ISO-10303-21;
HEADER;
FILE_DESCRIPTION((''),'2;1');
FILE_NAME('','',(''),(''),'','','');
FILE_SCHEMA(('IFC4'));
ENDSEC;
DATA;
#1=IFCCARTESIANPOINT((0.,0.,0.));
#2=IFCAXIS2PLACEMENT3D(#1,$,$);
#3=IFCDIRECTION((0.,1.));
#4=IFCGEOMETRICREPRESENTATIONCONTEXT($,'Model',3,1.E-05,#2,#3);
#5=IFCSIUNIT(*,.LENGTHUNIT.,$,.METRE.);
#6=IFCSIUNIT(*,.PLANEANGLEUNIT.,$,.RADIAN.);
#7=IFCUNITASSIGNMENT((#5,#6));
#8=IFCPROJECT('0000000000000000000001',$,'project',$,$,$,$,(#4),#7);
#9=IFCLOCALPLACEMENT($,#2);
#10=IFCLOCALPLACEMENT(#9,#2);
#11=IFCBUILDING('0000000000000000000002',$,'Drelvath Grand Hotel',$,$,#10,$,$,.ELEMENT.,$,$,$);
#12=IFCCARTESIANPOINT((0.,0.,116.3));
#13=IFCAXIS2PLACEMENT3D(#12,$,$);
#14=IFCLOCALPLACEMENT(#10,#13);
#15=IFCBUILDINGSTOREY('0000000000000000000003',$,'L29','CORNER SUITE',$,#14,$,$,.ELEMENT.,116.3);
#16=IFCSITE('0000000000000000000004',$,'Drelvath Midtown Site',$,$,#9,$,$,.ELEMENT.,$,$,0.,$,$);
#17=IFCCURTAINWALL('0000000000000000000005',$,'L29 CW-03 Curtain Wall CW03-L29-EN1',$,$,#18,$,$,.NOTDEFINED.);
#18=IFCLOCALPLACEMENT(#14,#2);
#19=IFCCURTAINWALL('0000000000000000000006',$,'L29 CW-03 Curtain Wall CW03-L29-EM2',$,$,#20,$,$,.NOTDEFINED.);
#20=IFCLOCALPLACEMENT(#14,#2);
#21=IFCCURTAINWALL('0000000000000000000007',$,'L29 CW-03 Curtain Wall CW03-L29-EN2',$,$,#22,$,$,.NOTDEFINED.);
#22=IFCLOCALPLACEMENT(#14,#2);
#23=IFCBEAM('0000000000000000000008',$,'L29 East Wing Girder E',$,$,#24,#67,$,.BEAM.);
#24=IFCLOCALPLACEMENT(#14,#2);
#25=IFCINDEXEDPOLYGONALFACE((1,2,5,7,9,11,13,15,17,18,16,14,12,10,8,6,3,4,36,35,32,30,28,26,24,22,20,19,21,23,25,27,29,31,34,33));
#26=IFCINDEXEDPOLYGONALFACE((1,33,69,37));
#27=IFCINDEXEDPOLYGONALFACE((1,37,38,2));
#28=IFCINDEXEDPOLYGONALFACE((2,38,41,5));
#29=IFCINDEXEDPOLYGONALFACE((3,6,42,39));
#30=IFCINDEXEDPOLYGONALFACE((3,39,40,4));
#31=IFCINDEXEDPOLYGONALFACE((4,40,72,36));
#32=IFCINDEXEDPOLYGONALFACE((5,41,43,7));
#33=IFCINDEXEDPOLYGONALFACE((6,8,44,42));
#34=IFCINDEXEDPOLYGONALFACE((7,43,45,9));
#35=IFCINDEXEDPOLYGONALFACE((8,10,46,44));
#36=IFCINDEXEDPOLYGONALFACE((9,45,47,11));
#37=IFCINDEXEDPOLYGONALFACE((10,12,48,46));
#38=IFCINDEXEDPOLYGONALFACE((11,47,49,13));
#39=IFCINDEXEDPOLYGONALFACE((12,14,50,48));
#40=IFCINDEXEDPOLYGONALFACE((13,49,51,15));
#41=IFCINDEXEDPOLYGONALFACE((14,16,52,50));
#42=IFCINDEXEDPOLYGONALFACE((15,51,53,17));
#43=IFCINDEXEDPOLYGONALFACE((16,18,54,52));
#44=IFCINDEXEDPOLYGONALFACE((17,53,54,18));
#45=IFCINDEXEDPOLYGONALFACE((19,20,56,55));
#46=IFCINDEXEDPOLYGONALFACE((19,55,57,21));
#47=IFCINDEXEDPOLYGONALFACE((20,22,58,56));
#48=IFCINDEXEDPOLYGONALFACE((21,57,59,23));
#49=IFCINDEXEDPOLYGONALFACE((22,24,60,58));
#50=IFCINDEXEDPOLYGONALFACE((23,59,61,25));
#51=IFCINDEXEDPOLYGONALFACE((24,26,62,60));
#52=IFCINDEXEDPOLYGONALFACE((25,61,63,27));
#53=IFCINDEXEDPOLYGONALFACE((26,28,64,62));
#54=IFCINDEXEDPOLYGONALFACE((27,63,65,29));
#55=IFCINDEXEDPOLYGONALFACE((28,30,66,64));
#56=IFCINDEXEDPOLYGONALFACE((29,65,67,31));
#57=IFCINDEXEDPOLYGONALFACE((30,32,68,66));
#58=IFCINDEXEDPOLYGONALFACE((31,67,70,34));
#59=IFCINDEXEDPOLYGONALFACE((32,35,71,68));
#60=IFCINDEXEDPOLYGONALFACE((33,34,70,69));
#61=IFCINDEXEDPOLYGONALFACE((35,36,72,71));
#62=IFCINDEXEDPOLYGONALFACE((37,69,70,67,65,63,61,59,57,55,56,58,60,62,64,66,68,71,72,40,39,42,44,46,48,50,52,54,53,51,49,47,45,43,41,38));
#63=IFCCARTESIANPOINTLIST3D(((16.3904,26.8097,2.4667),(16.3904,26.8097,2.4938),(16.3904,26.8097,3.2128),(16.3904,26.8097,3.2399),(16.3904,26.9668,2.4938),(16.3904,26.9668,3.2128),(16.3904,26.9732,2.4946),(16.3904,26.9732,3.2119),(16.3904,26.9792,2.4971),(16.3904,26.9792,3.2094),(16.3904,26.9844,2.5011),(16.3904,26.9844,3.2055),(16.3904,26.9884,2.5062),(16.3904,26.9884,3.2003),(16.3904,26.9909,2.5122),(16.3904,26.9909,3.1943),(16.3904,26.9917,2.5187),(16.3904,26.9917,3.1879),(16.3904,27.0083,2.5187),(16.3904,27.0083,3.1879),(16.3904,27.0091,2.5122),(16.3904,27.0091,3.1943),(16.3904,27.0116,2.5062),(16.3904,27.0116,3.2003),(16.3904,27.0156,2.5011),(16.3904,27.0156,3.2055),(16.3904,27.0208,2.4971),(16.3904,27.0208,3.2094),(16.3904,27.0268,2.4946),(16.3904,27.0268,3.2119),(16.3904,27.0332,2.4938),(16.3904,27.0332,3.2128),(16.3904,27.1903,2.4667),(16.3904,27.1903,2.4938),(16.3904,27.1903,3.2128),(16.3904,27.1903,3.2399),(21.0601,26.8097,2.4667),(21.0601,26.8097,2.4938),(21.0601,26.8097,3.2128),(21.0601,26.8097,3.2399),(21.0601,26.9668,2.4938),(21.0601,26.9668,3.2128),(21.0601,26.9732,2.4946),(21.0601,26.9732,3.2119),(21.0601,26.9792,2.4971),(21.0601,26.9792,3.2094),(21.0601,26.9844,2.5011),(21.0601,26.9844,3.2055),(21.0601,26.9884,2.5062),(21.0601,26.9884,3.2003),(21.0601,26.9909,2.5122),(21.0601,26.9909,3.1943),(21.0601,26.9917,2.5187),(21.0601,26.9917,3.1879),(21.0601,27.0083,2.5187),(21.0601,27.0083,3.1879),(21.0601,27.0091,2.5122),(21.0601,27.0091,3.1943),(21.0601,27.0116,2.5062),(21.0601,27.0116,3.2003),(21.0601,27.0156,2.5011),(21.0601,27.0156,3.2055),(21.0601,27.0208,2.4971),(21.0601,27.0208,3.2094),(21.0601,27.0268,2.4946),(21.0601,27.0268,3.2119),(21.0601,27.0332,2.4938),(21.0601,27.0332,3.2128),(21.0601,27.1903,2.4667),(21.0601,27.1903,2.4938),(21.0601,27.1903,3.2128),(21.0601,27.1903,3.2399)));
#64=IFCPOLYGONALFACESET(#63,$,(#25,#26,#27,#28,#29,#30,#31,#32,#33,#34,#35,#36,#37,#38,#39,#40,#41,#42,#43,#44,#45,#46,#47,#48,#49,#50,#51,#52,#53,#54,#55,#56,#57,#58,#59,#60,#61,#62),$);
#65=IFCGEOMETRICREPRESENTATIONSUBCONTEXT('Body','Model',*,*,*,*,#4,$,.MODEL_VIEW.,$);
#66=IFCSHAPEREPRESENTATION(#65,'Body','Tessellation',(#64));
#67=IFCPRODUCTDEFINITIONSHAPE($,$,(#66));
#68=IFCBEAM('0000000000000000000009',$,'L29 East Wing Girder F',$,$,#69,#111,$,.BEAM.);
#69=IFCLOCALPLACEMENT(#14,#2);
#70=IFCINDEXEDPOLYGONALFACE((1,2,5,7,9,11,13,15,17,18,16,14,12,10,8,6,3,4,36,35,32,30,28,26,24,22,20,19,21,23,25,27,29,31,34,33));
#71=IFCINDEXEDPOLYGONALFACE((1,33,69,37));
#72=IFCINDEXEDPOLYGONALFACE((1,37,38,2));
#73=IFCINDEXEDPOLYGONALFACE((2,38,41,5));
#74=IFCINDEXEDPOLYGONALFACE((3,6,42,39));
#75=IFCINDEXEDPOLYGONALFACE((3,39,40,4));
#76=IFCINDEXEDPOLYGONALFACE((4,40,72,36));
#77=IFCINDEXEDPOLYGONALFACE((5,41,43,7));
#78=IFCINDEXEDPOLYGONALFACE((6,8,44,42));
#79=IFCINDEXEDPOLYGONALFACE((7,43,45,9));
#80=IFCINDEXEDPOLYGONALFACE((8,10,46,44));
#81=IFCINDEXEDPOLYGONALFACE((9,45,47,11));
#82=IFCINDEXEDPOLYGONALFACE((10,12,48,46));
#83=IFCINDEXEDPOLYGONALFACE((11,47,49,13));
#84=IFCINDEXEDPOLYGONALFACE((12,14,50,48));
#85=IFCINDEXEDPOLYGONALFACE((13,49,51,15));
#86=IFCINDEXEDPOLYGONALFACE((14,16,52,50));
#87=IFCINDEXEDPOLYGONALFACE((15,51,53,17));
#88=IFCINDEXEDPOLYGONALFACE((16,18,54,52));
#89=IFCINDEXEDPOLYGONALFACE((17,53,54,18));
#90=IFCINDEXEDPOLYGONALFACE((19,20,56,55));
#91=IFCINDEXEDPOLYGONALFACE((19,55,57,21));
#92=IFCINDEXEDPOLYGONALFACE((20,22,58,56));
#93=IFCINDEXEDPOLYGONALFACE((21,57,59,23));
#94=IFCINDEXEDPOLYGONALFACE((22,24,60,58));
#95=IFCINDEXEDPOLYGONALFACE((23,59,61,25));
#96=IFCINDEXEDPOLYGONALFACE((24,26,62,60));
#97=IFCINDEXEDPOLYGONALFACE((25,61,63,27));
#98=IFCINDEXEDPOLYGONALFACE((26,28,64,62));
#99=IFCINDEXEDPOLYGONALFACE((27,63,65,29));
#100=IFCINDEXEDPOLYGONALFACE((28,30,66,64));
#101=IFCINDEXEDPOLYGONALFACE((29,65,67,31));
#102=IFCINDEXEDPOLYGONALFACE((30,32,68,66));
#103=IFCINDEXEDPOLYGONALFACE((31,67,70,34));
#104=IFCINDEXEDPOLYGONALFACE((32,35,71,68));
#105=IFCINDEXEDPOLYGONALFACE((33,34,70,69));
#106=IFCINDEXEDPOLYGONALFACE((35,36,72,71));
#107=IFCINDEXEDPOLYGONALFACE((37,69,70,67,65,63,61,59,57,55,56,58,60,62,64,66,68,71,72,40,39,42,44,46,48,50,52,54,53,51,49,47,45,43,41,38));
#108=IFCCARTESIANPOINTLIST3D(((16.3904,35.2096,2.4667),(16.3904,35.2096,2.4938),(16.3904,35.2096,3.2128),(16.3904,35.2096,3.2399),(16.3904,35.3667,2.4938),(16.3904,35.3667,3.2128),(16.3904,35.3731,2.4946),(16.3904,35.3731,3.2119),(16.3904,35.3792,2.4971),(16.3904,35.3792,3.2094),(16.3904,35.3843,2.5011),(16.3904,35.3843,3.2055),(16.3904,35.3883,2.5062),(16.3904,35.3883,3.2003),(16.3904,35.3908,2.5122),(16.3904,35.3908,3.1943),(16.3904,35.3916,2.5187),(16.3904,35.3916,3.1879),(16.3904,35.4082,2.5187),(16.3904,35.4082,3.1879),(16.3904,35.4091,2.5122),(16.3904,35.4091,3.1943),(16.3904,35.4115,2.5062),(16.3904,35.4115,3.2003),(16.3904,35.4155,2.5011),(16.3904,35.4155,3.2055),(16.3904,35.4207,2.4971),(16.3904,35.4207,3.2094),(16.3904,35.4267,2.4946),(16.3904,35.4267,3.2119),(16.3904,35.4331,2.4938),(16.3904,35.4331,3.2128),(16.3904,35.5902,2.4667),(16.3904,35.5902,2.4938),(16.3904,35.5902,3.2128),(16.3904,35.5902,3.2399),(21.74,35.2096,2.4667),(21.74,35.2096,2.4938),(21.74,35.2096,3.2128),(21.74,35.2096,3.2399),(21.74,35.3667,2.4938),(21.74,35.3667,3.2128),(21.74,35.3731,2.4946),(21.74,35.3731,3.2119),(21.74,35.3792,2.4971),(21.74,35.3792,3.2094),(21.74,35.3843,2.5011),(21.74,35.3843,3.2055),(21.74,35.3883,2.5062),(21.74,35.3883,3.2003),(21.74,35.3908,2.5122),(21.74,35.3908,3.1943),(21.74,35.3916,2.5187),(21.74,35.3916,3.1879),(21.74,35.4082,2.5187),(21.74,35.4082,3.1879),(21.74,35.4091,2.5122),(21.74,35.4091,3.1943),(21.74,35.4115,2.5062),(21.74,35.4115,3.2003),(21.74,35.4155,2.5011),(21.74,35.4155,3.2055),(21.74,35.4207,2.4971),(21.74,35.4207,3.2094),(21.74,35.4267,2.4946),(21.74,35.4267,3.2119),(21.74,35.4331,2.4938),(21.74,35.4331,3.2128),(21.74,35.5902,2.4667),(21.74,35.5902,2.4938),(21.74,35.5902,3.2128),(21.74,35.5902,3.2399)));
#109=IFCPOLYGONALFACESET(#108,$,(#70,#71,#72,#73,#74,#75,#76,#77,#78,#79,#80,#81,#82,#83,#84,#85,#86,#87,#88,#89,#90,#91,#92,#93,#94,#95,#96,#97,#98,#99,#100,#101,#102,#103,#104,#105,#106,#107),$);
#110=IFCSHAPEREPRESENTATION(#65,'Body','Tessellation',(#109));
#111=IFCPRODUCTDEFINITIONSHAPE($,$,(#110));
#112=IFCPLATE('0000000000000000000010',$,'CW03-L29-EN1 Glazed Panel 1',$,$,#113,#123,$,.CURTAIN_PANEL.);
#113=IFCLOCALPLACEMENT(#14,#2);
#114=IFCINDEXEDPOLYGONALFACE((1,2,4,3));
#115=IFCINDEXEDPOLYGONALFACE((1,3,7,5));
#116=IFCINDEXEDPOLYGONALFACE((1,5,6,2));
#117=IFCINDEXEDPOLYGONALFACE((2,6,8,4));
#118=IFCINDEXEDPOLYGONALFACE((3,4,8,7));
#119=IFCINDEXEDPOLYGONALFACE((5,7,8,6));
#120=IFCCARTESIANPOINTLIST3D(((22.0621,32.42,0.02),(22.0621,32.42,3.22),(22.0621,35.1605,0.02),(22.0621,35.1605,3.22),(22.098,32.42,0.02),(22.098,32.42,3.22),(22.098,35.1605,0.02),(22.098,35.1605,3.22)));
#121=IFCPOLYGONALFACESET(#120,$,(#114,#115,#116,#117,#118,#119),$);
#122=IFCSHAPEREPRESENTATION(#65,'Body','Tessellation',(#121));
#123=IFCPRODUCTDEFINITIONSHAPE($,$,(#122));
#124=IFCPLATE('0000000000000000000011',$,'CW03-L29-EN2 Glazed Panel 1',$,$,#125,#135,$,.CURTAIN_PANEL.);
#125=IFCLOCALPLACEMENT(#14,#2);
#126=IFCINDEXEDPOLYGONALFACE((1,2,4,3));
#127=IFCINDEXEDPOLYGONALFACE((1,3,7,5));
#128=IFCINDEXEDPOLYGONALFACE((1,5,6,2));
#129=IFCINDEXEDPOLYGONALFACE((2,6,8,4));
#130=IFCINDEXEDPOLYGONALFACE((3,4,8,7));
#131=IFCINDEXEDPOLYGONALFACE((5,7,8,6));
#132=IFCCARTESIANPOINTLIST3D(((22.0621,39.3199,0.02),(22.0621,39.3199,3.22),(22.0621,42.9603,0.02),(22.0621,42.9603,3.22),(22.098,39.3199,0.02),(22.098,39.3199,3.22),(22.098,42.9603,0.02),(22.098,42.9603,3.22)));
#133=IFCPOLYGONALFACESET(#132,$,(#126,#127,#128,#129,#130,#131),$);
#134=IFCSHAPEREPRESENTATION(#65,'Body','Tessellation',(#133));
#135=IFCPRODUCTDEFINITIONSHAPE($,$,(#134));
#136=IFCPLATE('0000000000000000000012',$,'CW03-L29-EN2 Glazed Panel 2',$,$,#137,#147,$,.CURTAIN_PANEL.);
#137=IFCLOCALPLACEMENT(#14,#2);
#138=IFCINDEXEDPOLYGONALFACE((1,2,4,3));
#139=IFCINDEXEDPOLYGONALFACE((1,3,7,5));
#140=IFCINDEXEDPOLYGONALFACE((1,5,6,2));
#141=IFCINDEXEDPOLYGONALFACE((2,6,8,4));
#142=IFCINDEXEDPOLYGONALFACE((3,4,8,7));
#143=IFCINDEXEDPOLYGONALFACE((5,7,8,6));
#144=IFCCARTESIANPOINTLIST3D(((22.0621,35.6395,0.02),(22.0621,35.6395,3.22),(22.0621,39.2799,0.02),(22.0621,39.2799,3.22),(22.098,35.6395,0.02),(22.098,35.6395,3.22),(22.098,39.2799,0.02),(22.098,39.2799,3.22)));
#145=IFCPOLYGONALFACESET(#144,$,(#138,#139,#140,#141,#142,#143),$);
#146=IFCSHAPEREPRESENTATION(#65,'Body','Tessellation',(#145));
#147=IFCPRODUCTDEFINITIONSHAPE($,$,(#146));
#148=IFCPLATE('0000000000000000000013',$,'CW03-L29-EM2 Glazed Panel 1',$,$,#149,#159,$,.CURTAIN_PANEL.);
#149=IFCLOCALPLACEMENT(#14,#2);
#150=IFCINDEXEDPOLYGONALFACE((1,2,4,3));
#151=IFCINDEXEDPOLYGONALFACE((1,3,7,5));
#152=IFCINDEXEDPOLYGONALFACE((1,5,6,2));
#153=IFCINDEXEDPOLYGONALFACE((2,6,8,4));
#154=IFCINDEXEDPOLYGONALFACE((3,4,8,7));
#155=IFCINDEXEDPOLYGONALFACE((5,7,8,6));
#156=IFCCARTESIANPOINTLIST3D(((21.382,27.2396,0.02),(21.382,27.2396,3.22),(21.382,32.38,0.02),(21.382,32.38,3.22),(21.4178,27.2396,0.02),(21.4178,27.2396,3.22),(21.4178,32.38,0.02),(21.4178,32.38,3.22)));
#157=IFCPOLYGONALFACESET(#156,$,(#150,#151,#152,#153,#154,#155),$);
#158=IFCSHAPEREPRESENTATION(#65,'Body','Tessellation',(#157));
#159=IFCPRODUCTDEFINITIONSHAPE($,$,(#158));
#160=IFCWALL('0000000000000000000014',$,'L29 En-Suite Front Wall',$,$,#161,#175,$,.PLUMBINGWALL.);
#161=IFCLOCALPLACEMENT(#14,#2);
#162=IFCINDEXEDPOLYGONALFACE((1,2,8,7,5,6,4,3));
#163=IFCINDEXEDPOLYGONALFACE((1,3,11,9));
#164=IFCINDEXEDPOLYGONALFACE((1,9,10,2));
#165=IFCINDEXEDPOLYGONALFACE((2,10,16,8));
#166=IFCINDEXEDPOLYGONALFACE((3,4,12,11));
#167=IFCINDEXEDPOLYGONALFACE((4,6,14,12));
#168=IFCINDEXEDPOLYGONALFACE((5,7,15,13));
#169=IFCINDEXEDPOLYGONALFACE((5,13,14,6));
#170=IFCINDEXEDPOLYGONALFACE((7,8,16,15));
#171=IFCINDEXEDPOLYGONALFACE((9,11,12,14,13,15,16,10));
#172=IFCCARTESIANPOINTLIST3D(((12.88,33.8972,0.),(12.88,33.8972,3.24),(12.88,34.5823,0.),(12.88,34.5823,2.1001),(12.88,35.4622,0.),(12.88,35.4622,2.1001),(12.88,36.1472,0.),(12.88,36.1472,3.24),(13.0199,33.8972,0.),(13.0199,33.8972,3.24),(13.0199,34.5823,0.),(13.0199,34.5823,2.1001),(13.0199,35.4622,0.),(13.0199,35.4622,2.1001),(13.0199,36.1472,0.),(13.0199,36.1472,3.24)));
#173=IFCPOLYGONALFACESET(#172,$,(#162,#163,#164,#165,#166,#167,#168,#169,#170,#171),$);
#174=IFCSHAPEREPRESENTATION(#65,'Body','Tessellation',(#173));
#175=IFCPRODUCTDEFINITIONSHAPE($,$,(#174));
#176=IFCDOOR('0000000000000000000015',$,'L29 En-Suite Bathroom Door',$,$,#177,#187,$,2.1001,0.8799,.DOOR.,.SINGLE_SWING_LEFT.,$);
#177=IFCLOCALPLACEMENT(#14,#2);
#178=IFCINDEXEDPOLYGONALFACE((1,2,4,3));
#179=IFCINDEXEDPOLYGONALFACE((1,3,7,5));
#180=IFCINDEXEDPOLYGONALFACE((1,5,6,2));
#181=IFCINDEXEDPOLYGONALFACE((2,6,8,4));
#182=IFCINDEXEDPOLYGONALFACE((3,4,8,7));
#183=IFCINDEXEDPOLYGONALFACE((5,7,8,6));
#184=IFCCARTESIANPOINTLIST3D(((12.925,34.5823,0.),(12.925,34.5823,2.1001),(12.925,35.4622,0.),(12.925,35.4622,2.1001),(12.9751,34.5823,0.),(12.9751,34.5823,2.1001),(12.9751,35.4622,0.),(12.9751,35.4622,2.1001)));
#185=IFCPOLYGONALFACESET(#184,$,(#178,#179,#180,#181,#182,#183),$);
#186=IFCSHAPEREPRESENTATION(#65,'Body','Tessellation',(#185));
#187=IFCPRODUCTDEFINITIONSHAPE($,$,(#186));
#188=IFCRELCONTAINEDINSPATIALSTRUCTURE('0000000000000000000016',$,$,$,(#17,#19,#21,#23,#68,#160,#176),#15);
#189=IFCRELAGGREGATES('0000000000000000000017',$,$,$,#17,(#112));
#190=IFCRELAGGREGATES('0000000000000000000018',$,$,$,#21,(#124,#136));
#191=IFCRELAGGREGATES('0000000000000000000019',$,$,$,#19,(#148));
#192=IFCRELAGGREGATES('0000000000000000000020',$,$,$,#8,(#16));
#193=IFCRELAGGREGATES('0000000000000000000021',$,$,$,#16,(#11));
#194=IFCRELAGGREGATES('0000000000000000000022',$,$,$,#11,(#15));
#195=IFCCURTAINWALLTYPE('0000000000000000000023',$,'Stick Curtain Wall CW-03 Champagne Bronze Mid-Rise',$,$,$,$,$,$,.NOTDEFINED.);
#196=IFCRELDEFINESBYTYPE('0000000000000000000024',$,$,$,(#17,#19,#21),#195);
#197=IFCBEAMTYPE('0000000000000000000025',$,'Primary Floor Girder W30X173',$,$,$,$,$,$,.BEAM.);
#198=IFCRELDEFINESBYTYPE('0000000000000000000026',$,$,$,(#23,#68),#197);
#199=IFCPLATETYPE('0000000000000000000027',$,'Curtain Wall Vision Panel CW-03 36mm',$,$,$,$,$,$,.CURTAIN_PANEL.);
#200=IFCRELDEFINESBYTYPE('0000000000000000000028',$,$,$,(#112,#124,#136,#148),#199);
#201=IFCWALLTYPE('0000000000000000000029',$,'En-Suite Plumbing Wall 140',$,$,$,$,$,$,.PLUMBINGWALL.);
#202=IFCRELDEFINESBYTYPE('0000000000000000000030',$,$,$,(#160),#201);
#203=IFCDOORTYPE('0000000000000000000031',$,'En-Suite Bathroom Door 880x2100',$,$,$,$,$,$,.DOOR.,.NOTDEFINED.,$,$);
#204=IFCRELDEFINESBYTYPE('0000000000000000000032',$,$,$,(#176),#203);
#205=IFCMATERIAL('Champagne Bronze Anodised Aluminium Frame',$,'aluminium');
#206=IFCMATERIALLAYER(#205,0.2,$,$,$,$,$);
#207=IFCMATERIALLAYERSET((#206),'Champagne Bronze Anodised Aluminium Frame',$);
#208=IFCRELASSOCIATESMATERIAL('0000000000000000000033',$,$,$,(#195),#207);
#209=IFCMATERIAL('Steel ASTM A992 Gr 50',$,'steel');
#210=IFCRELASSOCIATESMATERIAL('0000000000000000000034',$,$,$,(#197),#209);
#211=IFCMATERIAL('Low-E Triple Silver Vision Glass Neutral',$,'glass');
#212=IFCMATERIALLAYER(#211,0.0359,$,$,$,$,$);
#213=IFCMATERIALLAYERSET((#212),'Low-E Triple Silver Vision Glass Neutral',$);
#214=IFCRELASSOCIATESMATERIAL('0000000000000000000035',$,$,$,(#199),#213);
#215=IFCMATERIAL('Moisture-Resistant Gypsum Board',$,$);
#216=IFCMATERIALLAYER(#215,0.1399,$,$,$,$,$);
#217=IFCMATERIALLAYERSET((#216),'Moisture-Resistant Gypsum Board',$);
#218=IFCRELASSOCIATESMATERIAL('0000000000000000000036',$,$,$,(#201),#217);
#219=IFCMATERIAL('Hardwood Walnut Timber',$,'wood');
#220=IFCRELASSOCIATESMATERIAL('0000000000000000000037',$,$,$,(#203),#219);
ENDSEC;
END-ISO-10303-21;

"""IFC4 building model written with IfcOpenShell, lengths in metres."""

from ifc_helpers import new_model, si_unit, direction, frame, frame_2d, origin, origin_2d, place, context, subcontext, project, spatial, rectangle, i_section, extrude, material, layer, layer_set, material_profile, profile_set, type_object, element, fill, aggregate, save


model = new_model("IFC4")

# Units and contexts
model_context = context("Model", 3, precision=1e-05, world=origin(), true_north=direction((0.0, 1.0)))
body_context = subcontext(model_context, "Body", "Model", "MODEL_VIEW")
ifc_project = project(units=[si_unit("LENGTHUNIT", "METRE"), si_unit("PLANEANGLEUNIT", "RADIAN")], contexts=[model_context])

# Site, building, storey
site_placement = place(None, origin())
site = spatial("IfcSite", under=ifc_project, at=site_placement, Name="Drelvath Midtown Site", CompositionType="ELEMENT", RefElevation=0.0)
building_placement = place(site_placement, origin())
building = spatial("IfcBuilding", under=site, at=building_placement, Name="Drelvath Grand Hotel", CompositionType="ELEMENT")
storey_placement = place(building_placement, frame((0.0, 0.0, 116.3)))
storey = spatial("IfcBuildingStorey", under=building, at=storey_placement, Name="L29", Description="CORNER SUITE", CompositionType="ELEMENT", Elevation=116.3)

# Curtain walls
ifc_material_1 = material(Name="Champagne Bronze Anodised Aluminium Frame", Category="aluminium")
ifc_layer_1 = layer(ifc_material_1, 0.2)
ifc_layer_set_1 = layer_set([ifc_layer_1], Name="Champagne Bronze Anodised Aluminium Frame")
curtain_wall_type = type_object("IfcCurtainWallType", Name="Stick Curtain Wall CW-03 Champagne Bronze Mid-Rise", PredefinedType="NOTDEFINED", material=ifc_layer_set_1)
curtain_wall_1_placement = place(storey_placement, origin())
curtain_wall_1 = element("IfcCurtainWall", 1, at=curtain_wall_1_placement, inside=storey, type_object=curtain_wall_type, Name="L29 CW-03 Curtain Wall CW03-L29-EN1", PredefinedType="NOTDEFINED")
curtain_wall_2_placement = place(storey_placement, origin())
curtain_wall_2 = element("IfcCurtainWall", 2, at=curtain_wall_2_placement, inside=storey, type_object=curtain_wall_type, Name="L29 CW-03 Curtain Wall CW03-L29-EM2", PredefinedType="NOTDEFINED")

# Curtain wall
curtain_wall_3_placement = place(storey_placement, origin())
curtain_wall_3 = element("IfcCurtainWall", 3, at=curtain_wall_3_placement, inside=storey, type_object=curtain_wall_type, Name="L29 CW-03 Curtain Wall CW03-L29-EN2", PredefinedType="NOTDEFINED")

# Beams
ifc_material_2 = material(Name="Steel ASTM A992 Gr 50", Category="steel")
ifc_material_profile_1 = material_profile(ifc_material_2, i_section(OverallWidth=0.3806, OverallDepth=0.7732, WebThickness=0.0166, FlangeThickness=0.0271, FilletRadius=0.0249, at=origin_2d()), Name="W30X173")
ifc_profile_set_1 = profile_set([ifc_material_profile_1], Name="Steel ASTM A992 Gr 50")
beam_type_1 = type_object("IfcBeamType", Name="Primary Floor Girder W30X173", PredefinedType="BEAM", material=ifc_profile_set_1)
beam_1_placement = place(storey_placement, frame((16.3904, 27.0, 2.8533), z_axis=(1.0, 0.0, 0.0), x_axis=(0.0, 1.0, 0.0)))
element("IfcBeam", 4, at=beam_1_placement, inside=storey, type_object=beam_type_1, Name="L29 East Wing Girder E", PredefinedType="BEAM", context=body_context, shape_type="SweptSolid", body=[
    extrude(i_section(OverallWidth=0.3806, OverallDepth=0.7732, WebThickness=0.0166, FlangeThickness=0.0271, FilletRadius=0.0249, at=origin_2d()), origin(), (0.0, 0.0, 1.0), 4.6697),
])
beam_2_placement = place(storey_placement, frame((16.3904, 35.3999, 2.8533), z_axis=(1.0, 0.0, 0.0), x_axis=(0.0, 1.0, 0.0)))
element("IfcBeam", 5, at=beam_2_placement, inside=storey, type_object=beam_type_1, Name="L29 East Wing Girder F", PredefinedType="BEAM", context=body_context, shape_type="SweptSolid", body=[
    extrude(i_section(OverallWidth=0.3806, OverallDepth=0.7732, WebThickness=0.0166, FlangeThickness=0.0271, FilletRadius=0.0249, at=origin_2d()), origin(), (0.0, 0.0, 1.0), 5.3496),
])

# Plates
ifc_material_3 = material(Name="Low-E Triple Silver Vision Glass Neutral", Category="glass")
ifc_layer_2 = layer(ifc_material_3, 0.0359)
ifc_layer_set_2 = layer_set([ifc_layer_2], Name="Low-E Triple Silver Vision Glass Neutral")
plate_type = type_object("IfcPlateType", Name="Curtain Wall Vision Panel CW-03 36mm", PredefinedType="CURTAIN_PANEL", material=ifc_layer_set_2)
plate_1_placement = place(storey_placement, frame((22.0801, 33.7903, 0.02), z_axis=(0.0, 0.0, 1.0), x_axis=(0.0, -1.0, 0.0)))
plate_1 = element("IfcPlate", 6, at=plate_1_placement, type_object=plate_type, Name="CW03-L29-EN1 Glazed Panel 1", PredefinedType="CURTAIN_PANEL", context=body_context, shape_type="SweptSolid", body=[
    extrude(rectangle(XDim=2.7405, YDim=0.0359, at=origin_2d()), origin(), (0.0, 0.0, 1.0), 3.2),
])
aggregate(curtain_wall_1, [plate_1])
plate_2_placement = place(storey_placement, frame((22.0801, 41.1401, 0.02), z_axis=(0.0, 0.0, 1.0), x_axis=(0.0, -1.0, 0.0)))
plate_2 = element("IfcPlate", 7, at=plate_2_placement, type_object=plate_type, Name="CW03-L29-EN2 Glazed Panel 1", PredefinedType="CURTAIN_PANEL", context=body_context, shape_type="SweptSolid", body=[
    extrude(rectangle(XDim=3.6404, YDim=0.0359, at=origin_2d()), origin(), (0.0, 0.0, 1.0), 3.2),
])
plate_3_placement = place(storey_placement, frame((22.0801, 37.4597, 0.02), z_axis=(0.0, 0.0, 1.0), x_axis=(0.0, -1.0, 0.0)))
plate_3 = element("IfcPlate", 8, at=plate_3_placement, type_object=plate_type, Name="CW03-L29-EN2 Glazed Panel 2", PredefinedType="CURTAIN_PANEL", context=body_context, shape_type="SweptSolid", body=[
    extrude(rectangle(XDim=3.6404, YDim=0.0359, at=origin_2d()), origin(), (0.0, 0.0, 1.0), 3.2),
])
aggregate(curtain_wall_3, [plate_2, plate_3])
plate_4_placement = place(storey_placement, frame((21.3999, 29.8098, 0.02), z_axis=(0.0, 0.0, 1.0), x_axis=(0.0, -1.0, 0.0)))
plate_4 = element("IfcPlate", 9, at=plate_4_placement, type_object=plate_type, Name="CW03-L29-EM2 Glazed Panel 1", PredefinedType="CURTAIN_PANEL", context=body_context, shape_type="SweptSolid", body=[
    extrude(rectangle(XDim=5.1404, YDim=0.0359, at=origin_2d()), origin(), (0.0, 0.0, 1.0), 3.2),
])
aggregate(curtain_wall_2, [plate_4])

# Wall, opening, door
ifc_material_4 = material(Name="Moisture-Resistant Gypsum Board")
ifc_layer_3 = layer(ifc_material_4, 0.1399)
ifc_layer_set_3 = layer_set([ifc_layer_3], Name="Moisture-Resistant Gypsum Board")
wall_type_1 = type_object("IfcWallType", Name="En-Suite Plumbing Wall 140", PredefinedType="PLUMBINGWALL", material=ifc_layer_set_3)
wall_1_placement = place(storey_placement, frame((12.95, 33.8972, 0.0), z_axis=(0.0, 0.0, 1.0), x_axis=(0.0, 1.0, 0.0)))
wall_1 = element("IfcWall", 10, at=wall_1_placement, inside=storey, type_object=wall_type_1, Name="L29 En-Suite Front Wall", PredefinedType="PLUMBINGWALL", context=body_context, shape_type="SweptSolid", body=[
    extrude(rectangle(XDim=2.25, YDim=0.1399, at=frame_2d((1.125, 0.0))), origin(), (0.0, 0.0, 1.0), 3.24),
])
opening_placement = place(wall_1_placement, frame((0.6851, 0.0, 0.0)))
opening = element("IfcOpeningElement", 11, at=opening_placement, cuts=wall_1, PredefinedType="OPENING", context=body_context, shape_type="SweptSolid", body=[
    extrude(rectangle(XDim=0.8799, YDim=2.1001, at=frame_2d((0.4399, 1.05))), frame((0.0, 0.0798, 0.0), z_axis=(0.0, -1.0, 0.0), x_axis=(1.0, 0.0, 0.0)), (0.0, 0.0, 1.0), 0.1599),
])
ifc_material_5 = material(Name="Hardwood Walnut Timber", Category="wood")
door_type = type_object("IfcDoorType", Name="En-Suite Bathroom Door 880x2100", OperationType="NOTDEFINED", PredefinedType="DOOR", material=ifc_material_5)
door_placement = place(opening_placement, origin())
door = element("IfcDoor", 12, at=door_placement, inside=storey, type_object=door_type, Name="L29 En-Suite Bathroom Door", OperationType="SINGLE_SWING_LEFT", OverallHeight=2.1001, OverallWidth=0.8799, PredefinedType="DOOR", context=body_context, shape_type="SweptSolid", body=[
    extrude(rectangle(XDim=0.8799, YDim=2.1001, at=frame_2d((0.4399, 1.05))), frame((0.0, 0.0249, 0.0), z_axis=(0.0, -1.0, 0.0), x_axis=(1.0, 0.0, 0.0)), (0.0, 0.0, 1.0), 0.05),
])
fill(opening, door)

save(model, "model.ifc")
